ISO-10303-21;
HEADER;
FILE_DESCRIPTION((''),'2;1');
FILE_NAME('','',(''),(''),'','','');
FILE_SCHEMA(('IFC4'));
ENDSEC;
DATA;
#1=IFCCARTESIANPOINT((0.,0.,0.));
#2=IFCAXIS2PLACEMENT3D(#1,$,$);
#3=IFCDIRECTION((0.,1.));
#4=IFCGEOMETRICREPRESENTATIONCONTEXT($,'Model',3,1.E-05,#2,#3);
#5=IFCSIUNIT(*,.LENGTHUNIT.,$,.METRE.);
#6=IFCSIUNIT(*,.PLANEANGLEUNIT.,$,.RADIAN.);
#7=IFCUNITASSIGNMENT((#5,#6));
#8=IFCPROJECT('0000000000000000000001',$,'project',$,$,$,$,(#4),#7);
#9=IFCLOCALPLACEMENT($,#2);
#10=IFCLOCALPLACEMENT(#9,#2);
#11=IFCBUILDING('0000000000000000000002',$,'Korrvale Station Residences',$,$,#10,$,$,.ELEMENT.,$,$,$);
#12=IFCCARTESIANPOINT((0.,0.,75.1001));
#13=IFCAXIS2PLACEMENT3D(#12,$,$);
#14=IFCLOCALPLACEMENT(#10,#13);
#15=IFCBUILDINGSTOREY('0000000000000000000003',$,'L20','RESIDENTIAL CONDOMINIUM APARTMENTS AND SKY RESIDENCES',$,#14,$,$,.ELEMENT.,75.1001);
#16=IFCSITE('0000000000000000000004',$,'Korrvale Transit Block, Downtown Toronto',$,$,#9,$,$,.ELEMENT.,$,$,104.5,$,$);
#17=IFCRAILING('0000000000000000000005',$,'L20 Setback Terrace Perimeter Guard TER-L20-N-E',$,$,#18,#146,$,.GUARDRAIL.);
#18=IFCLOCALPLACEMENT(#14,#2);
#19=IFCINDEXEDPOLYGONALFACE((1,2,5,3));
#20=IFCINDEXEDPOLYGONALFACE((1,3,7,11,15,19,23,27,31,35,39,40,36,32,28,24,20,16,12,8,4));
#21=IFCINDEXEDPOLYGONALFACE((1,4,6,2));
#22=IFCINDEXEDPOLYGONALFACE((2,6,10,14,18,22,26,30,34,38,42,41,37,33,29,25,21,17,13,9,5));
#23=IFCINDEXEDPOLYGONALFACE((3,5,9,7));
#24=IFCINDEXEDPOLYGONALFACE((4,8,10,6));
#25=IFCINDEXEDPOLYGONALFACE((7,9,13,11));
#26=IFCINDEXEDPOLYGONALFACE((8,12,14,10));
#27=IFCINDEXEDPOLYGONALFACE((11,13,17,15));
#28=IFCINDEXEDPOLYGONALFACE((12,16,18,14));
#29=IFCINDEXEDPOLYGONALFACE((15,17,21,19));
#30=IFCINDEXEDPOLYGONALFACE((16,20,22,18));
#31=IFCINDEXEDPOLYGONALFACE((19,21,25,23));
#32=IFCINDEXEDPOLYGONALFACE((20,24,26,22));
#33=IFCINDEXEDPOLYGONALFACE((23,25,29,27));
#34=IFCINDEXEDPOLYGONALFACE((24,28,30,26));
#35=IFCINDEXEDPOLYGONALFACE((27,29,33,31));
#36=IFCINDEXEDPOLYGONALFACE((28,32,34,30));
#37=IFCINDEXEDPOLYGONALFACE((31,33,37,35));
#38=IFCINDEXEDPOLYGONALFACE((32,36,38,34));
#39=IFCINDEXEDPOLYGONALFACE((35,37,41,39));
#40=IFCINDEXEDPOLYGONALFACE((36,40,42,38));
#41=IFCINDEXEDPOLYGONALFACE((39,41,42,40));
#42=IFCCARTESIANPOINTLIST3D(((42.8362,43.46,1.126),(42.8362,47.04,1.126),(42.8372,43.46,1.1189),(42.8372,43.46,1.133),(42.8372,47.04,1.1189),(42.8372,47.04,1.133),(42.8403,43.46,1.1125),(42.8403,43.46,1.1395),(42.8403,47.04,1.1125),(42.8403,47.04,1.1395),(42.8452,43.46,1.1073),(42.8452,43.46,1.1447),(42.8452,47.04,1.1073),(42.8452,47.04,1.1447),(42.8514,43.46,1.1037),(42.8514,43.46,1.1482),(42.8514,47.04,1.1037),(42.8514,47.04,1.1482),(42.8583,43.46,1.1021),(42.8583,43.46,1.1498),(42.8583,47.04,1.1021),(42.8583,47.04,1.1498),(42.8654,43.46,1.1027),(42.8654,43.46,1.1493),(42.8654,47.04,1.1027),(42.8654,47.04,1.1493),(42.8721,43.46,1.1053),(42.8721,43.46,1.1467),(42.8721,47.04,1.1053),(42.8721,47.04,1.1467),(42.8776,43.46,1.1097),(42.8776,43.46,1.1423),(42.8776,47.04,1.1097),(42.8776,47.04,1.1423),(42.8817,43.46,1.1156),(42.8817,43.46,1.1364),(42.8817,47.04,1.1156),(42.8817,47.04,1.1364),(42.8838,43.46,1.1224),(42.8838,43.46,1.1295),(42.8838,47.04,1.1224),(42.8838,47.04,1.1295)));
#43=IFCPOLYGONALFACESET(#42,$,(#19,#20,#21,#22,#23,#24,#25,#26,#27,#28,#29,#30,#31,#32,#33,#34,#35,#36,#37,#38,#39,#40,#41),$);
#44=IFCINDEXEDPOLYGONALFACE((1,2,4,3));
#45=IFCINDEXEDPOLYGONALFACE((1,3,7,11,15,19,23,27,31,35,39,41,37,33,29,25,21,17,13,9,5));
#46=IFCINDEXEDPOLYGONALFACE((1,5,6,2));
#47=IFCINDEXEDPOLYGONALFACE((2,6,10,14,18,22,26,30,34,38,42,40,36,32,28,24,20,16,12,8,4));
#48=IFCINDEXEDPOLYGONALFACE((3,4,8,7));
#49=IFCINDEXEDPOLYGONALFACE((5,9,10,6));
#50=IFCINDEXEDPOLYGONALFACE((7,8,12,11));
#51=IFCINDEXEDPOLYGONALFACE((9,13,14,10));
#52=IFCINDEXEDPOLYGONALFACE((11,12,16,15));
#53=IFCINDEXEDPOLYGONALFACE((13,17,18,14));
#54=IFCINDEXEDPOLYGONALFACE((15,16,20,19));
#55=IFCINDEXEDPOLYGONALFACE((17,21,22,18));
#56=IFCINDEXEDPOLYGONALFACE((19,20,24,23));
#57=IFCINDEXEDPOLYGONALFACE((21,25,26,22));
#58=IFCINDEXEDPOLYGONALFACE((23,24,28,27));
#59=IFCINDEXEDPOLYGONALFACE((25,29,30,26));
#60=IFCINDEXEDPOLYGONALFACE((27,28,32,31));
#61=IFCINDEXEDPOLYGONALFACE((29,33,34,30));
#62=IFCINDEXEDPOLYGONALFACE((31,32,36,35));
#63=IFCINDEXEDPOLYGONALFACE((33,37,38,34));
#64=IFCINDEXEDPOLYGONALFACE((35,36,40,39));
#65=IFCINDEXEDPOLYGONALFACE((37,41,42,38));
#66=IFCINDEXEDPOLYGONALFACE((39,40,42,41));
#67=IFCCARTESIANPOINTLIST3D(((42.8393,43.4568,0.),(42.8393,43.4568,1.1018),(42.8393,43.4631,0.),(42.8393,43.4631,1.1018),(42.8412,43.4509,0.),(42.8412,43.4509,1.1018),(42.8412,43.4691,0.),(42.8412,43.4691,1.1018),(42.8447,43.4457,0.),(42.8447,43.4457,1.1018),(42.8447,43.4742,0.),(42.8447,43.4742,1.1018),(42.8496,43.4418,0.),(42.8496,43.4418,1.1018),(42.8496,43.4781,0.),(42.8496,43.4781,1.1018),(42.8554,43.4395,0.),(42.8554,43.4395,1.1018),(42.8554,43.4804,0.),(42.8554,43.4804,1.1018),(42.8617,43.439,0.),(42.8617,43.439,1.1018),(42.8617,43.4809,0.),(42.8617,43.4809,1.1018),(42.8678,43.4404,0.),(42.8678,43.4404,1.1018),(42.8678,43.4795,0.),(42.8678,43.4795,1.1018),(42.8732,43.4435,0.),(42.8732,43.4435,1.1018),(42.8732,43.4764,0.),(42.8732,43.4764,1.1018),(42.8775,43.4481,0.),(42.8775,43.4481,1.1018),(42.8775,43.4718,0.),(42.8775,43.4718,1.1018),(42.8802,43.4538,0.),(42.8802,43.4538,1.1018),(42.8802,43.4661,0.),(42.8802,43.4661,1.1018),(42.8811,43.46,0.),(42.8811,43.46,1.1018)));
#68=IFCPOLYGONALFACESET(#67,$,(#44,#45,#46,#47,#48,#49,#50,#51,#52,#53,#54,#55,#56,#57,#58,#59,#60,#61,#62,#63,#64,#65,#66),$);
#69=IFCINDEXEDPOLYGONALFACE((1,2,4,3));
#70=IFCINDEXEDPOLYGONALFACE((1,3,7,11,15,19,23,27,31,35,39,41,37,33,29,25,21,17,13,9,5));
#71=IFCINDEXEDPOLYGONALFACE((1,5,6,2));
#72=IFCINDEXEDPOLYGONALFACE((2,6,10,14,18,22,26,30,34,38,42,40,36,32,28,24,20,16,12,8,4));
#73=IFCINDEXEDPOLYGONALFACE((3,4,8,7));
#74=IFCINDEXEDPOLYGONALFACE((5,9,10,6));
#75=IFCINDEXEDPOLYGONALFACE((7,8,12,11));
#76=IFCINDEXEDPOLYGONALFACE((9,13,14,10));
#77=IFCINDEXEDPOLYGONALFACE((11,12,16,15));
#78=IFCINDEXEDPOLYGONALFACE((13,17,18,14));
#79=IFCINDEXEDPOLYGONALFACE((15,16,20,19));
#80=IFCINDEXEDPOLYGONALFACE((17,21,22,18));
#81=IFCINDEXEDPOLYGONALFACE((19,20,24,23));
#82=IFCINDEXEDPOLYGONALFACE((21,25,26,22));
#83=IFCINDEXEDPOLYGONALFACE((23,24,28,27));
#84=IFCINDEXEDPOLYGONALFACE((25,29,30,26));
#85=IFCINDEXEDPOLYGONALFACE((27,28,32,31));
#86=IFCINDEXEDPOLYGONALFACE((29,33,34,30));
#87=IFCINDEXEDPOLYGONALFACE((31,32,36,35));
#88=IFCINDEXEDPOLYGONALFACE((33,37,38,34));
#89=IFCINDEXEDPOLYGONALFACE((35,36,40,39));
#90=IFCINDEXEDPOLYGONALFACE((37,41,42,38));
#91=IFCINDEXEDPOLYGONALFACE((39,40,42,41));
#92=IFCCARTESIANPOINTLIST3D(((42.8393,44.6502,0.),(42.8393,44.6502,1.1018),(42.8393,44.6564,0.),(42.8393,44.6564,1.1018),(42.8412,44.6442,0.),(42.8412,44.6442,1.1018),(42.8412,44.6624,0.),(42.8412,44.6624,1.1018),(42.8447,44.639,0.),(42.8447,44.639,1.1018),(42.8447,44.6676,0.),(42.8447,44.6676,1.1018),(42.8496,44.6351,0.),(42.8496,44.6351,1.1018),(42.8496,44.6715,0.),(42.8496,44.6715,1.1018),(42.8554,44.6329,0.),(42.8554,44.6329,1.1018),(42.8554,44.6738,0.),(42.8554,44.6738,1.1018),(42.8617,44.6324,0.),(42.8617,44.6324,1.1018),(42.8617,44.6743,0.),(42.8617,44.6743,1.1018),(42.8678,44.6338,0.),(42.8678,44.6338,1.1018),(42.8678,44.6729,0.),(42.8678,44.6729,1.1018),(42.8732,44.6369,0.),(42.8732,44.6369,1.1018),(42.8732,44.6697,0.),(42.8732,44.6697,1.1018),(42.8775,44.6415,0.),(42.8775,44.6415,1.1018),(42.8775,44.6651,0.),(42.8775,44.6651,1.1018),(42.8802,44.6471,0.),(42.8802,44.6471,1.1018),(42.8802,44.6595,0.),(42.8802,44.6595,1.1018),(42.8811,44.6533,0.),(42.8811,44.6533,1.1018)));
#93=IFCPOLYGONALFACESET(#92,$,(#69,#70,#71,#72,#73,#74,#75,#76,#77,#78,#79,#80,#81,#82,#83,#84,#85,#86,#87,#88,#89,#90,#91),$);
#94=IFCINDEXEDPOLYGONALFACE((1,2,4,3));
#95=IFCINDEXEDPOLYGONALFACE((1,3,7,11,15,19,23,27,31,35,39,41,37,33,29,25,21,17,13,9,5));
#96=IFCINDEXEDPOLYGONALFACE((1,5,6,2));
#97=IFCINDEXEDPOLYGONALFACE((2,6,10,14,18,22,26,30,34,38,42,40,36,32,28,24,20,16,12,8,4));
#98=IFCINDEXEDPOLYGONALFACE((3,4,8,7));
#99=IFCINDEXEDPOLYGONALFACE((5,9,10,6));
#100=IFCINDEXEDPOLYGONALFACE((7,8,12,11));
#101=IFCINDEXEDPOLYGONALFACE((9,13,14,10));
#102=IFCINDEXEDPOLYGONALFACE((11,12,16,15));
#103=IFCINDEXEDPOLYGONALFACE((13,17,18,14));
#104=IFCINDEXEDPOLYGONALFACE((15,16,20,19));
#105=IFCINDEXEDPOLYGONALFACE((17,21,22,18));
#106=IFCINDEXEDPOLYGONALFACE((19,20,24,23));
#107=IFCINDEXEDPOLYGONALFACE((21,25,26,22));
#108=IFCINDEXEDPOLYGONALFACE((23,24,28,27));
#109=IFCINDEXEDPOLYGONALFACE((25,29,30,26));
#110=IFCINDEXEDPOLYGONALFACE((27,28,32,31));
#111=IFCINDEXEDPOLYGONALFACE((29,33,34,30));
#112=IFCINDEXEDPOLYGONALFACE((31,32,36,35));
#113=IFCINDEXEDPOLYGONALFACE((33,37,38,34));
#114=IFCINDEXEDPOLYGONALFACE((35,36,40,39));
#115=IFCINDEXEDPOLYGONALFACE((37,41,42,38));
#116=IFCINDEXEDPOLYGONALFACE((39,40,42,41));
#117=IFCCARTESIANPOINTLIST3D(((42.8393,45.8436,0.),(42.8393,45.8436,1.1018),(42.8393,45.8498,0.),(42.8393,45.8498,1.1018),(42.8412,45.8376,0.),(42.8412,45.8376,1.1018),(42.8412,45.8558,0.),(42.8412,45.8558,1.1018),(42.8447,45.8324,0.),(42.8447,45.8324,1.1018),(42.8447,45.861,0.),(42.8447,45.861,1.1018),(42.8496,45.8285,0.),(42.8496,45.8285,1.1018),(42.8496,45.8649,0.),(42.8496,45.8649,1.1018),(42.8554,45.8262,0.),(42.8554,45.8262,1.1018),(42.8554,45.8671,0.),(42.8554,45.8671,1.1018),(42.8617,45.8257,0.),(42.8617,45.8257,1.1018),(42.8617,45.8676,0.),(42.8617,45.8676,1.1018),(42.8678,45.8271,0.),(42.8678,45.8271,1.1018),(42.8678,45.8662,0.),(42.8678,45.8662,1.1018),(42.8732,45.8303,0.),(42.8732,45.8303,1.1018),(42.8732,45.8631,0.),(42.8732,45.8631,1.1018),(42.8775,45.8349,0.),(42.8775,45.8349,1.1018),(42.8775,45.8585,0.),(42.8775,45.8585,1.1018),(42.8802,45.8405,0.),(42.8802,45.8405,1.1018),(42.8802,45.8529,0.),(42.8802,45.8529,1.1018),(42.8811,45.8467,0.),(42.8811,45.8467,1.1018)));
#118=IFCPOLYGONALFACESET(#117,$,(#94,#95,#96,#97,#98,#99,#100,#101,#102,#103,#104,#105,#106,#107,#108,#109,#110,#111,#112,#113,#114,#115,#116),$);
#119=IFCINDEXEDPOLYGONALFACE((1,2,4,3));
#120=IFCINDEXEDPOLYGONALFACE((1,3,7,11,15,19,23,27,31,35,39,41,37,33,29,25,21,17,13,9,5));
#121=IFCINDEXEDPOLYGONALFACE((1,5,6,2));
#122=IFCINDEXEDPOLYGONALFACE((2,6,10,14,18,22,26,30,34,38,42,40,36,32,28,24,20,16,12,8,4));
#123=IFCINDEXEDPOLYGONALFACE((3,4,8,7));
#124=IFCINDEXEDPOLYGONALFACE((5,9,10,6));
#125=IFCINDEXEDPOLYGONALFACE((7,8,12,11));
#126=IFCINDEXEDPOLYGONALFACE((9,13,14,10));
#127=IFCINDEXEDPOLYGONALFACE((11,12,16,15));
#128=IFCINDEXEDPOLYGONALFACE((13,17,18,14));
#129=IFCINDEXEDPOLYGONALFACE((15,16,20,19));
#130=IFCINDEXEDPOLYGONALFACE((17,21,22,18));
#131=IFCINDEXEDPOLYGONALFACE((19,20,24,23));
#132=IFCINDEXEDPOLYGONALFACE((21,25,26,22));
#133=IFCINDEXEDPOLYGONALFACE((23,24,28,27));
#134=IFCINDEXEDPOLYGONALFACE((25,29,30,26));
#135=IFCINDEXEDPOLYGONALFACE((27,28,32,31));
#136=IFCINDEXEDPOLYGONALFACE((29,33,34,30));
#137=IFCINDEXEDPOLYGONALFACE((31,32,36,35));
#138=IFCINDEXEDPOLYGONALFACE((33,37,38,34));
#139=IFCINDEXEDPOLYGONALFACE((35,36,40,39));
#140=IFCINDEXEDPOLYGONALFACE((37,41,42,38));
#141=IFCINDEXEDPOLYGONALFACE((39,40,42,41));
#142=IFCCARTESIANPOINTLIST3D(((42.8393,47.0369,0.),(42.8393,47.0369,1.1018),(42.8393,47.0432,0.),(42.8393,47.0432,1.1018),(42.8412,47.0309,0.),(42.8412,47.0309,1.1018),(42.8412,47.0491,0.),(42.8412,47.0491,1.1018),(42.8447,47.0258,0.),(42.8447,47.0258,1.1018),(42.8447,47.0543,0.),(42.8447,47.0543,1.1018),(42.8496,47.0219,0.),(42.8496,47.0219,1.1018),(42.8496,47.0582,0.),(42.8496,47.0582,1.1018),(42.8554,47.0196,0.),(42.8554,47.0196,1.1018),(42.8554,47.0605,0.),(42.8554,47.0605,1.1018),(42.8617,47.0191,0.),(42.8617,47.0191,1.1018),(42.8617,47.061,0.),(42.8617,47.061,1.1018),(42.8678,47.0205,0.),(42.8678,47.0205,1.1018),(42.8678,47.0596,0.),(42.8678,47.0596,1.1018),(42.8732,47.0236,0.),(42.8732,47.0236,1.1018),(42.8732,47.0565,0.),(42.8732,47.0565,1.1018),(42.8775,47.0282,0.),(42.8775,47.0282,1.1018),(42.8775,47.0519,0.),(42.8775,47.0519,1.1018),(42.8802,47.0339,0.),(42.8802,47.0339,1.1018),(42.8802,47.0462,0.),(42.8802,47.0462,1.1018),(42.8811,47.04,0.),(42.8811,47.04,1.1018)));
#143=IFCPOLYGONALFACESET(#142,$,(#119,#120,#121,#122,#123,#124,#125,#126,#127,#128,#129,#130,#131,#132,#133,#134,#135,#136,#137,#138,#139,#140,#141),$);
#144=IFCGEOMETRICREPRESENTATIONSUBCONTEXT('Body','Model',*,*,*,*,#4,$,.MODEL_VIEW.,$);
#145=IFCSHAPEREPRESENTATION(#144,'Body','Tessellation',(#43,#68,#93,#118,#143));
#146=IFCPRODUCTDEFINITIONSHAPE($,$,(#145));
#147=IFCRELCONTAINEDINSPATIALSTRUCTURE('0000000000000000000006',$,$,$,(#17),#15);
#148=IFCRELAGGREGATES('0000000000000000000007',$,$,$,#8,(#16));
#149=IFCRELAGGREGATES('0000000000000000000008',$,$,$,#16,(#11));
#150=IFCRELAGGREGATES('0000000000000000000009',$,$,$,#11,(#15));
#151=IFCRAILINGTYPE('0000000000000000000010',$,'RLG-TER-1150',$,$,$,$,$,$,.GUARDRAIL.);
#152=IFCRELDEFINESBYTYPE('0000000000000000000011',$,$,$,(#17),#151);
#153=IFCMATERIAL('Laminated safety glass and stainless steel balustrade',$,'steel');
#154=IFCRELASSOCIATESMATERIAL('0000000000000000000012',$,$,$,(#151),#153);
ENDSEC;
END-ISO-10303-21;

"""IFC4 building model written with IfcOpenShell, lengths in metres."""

from ifc_helpers import new_model, si_unit, direction, frame, origin, origin_2d, place, context, subcontext, project, spatial, circle, extrude, material, type_object, element, save


model = new_model("IFC4")

# Units and contexts
model_context = context("Model", 3, precision=1e-05, world=origin(), true_north=direction((0.0, 1.0)))
body_context = subcontext(model_context, "Body", "Model", "MODEL_VIEW")
ifc_project = project(units=[si_unit("LENGTHUNIT", "METRE"), si_unit("PLANEANGLEUNIT", "RADIAN")], contexts=[model_context])

# Site, building, storey
site_placement = place(None, origin())
site = spatial("IfcSite", under=ifc_project, at=site_placement, Name="Korrvale Transit Block, Downtown Toronto", CompositionType="ELEMENT", RefElevation=104.5)
building_placement = place(site_placement, origin())
building = spatial("IfcBuilding", under=site, at=building_placement, Name="Korrvale Station Residences", CompositionType="ELEMENT")
storey_placement = place(building_placement, frame((0.0, 0.0, 75.1001)))
storey = spatial("IfcBuildingStorey", under=building, at=storey_placement, Name="L20", Description="RESIDENTIAL CONDOMINIUM APARTMENTS AND SKY RESIDENCES", CompositionType="ELEMENT", Elevation=75.1001)

# Railing
ifc_material_1 = material(Name="Laminated safety glass and stainless steel balustrade", Category="steel")
railing_type = type_object("IfcRailingType", Name="RLG-TER-1150", PredefinedType="GUARDRAIL", material=ifc_material_1)
railing_1_placement = place(storey_placement, frame((42.8601, 43.46, 0.0)))
element("IfcRailing", 1, at=railing_1_placement, inside=storey, type_object=railing_type, Name="L20 Setback Terrace Perimeter Guard TER-L20-N-E", PredefinedType="GUARDRAIL", context=body_context, shape_type="SweptSolid", body=[
    extrude(circle(Radius=0.0239, at=origin_2d()), frame((0.0, 0.0, 1.126), z_axis=(0.0, 1.0, 0.0), x_axis=(-1.0, 0.0, 0.0)), (0.0, 0.0, 1.0), 3.5801),
    extrude(circle(Radius=0.021, at=origin_2d()), origin(), (0.0, 0.0, 1.0), 1.1018),
    extrude(circle(Radius=0.021, at=origin_2d()), frame((0.0, 1.1934, 0.0)), (0.0, 0.0, 1.0), 1.1018),
    extrude(circle(Radius=0.021, at=origin_2d()), frame((0.0, 2.3867, 0.0)), (0.0, 0.0, 1.0), 1.1018),
    extrude(circle(Radius=0.021, at=origin_2d()), frame((0.0, 3.5801, 0.0)), (0.0, 0.0, 1.0), 1.1018),
])

save(model, "model.ifc")
